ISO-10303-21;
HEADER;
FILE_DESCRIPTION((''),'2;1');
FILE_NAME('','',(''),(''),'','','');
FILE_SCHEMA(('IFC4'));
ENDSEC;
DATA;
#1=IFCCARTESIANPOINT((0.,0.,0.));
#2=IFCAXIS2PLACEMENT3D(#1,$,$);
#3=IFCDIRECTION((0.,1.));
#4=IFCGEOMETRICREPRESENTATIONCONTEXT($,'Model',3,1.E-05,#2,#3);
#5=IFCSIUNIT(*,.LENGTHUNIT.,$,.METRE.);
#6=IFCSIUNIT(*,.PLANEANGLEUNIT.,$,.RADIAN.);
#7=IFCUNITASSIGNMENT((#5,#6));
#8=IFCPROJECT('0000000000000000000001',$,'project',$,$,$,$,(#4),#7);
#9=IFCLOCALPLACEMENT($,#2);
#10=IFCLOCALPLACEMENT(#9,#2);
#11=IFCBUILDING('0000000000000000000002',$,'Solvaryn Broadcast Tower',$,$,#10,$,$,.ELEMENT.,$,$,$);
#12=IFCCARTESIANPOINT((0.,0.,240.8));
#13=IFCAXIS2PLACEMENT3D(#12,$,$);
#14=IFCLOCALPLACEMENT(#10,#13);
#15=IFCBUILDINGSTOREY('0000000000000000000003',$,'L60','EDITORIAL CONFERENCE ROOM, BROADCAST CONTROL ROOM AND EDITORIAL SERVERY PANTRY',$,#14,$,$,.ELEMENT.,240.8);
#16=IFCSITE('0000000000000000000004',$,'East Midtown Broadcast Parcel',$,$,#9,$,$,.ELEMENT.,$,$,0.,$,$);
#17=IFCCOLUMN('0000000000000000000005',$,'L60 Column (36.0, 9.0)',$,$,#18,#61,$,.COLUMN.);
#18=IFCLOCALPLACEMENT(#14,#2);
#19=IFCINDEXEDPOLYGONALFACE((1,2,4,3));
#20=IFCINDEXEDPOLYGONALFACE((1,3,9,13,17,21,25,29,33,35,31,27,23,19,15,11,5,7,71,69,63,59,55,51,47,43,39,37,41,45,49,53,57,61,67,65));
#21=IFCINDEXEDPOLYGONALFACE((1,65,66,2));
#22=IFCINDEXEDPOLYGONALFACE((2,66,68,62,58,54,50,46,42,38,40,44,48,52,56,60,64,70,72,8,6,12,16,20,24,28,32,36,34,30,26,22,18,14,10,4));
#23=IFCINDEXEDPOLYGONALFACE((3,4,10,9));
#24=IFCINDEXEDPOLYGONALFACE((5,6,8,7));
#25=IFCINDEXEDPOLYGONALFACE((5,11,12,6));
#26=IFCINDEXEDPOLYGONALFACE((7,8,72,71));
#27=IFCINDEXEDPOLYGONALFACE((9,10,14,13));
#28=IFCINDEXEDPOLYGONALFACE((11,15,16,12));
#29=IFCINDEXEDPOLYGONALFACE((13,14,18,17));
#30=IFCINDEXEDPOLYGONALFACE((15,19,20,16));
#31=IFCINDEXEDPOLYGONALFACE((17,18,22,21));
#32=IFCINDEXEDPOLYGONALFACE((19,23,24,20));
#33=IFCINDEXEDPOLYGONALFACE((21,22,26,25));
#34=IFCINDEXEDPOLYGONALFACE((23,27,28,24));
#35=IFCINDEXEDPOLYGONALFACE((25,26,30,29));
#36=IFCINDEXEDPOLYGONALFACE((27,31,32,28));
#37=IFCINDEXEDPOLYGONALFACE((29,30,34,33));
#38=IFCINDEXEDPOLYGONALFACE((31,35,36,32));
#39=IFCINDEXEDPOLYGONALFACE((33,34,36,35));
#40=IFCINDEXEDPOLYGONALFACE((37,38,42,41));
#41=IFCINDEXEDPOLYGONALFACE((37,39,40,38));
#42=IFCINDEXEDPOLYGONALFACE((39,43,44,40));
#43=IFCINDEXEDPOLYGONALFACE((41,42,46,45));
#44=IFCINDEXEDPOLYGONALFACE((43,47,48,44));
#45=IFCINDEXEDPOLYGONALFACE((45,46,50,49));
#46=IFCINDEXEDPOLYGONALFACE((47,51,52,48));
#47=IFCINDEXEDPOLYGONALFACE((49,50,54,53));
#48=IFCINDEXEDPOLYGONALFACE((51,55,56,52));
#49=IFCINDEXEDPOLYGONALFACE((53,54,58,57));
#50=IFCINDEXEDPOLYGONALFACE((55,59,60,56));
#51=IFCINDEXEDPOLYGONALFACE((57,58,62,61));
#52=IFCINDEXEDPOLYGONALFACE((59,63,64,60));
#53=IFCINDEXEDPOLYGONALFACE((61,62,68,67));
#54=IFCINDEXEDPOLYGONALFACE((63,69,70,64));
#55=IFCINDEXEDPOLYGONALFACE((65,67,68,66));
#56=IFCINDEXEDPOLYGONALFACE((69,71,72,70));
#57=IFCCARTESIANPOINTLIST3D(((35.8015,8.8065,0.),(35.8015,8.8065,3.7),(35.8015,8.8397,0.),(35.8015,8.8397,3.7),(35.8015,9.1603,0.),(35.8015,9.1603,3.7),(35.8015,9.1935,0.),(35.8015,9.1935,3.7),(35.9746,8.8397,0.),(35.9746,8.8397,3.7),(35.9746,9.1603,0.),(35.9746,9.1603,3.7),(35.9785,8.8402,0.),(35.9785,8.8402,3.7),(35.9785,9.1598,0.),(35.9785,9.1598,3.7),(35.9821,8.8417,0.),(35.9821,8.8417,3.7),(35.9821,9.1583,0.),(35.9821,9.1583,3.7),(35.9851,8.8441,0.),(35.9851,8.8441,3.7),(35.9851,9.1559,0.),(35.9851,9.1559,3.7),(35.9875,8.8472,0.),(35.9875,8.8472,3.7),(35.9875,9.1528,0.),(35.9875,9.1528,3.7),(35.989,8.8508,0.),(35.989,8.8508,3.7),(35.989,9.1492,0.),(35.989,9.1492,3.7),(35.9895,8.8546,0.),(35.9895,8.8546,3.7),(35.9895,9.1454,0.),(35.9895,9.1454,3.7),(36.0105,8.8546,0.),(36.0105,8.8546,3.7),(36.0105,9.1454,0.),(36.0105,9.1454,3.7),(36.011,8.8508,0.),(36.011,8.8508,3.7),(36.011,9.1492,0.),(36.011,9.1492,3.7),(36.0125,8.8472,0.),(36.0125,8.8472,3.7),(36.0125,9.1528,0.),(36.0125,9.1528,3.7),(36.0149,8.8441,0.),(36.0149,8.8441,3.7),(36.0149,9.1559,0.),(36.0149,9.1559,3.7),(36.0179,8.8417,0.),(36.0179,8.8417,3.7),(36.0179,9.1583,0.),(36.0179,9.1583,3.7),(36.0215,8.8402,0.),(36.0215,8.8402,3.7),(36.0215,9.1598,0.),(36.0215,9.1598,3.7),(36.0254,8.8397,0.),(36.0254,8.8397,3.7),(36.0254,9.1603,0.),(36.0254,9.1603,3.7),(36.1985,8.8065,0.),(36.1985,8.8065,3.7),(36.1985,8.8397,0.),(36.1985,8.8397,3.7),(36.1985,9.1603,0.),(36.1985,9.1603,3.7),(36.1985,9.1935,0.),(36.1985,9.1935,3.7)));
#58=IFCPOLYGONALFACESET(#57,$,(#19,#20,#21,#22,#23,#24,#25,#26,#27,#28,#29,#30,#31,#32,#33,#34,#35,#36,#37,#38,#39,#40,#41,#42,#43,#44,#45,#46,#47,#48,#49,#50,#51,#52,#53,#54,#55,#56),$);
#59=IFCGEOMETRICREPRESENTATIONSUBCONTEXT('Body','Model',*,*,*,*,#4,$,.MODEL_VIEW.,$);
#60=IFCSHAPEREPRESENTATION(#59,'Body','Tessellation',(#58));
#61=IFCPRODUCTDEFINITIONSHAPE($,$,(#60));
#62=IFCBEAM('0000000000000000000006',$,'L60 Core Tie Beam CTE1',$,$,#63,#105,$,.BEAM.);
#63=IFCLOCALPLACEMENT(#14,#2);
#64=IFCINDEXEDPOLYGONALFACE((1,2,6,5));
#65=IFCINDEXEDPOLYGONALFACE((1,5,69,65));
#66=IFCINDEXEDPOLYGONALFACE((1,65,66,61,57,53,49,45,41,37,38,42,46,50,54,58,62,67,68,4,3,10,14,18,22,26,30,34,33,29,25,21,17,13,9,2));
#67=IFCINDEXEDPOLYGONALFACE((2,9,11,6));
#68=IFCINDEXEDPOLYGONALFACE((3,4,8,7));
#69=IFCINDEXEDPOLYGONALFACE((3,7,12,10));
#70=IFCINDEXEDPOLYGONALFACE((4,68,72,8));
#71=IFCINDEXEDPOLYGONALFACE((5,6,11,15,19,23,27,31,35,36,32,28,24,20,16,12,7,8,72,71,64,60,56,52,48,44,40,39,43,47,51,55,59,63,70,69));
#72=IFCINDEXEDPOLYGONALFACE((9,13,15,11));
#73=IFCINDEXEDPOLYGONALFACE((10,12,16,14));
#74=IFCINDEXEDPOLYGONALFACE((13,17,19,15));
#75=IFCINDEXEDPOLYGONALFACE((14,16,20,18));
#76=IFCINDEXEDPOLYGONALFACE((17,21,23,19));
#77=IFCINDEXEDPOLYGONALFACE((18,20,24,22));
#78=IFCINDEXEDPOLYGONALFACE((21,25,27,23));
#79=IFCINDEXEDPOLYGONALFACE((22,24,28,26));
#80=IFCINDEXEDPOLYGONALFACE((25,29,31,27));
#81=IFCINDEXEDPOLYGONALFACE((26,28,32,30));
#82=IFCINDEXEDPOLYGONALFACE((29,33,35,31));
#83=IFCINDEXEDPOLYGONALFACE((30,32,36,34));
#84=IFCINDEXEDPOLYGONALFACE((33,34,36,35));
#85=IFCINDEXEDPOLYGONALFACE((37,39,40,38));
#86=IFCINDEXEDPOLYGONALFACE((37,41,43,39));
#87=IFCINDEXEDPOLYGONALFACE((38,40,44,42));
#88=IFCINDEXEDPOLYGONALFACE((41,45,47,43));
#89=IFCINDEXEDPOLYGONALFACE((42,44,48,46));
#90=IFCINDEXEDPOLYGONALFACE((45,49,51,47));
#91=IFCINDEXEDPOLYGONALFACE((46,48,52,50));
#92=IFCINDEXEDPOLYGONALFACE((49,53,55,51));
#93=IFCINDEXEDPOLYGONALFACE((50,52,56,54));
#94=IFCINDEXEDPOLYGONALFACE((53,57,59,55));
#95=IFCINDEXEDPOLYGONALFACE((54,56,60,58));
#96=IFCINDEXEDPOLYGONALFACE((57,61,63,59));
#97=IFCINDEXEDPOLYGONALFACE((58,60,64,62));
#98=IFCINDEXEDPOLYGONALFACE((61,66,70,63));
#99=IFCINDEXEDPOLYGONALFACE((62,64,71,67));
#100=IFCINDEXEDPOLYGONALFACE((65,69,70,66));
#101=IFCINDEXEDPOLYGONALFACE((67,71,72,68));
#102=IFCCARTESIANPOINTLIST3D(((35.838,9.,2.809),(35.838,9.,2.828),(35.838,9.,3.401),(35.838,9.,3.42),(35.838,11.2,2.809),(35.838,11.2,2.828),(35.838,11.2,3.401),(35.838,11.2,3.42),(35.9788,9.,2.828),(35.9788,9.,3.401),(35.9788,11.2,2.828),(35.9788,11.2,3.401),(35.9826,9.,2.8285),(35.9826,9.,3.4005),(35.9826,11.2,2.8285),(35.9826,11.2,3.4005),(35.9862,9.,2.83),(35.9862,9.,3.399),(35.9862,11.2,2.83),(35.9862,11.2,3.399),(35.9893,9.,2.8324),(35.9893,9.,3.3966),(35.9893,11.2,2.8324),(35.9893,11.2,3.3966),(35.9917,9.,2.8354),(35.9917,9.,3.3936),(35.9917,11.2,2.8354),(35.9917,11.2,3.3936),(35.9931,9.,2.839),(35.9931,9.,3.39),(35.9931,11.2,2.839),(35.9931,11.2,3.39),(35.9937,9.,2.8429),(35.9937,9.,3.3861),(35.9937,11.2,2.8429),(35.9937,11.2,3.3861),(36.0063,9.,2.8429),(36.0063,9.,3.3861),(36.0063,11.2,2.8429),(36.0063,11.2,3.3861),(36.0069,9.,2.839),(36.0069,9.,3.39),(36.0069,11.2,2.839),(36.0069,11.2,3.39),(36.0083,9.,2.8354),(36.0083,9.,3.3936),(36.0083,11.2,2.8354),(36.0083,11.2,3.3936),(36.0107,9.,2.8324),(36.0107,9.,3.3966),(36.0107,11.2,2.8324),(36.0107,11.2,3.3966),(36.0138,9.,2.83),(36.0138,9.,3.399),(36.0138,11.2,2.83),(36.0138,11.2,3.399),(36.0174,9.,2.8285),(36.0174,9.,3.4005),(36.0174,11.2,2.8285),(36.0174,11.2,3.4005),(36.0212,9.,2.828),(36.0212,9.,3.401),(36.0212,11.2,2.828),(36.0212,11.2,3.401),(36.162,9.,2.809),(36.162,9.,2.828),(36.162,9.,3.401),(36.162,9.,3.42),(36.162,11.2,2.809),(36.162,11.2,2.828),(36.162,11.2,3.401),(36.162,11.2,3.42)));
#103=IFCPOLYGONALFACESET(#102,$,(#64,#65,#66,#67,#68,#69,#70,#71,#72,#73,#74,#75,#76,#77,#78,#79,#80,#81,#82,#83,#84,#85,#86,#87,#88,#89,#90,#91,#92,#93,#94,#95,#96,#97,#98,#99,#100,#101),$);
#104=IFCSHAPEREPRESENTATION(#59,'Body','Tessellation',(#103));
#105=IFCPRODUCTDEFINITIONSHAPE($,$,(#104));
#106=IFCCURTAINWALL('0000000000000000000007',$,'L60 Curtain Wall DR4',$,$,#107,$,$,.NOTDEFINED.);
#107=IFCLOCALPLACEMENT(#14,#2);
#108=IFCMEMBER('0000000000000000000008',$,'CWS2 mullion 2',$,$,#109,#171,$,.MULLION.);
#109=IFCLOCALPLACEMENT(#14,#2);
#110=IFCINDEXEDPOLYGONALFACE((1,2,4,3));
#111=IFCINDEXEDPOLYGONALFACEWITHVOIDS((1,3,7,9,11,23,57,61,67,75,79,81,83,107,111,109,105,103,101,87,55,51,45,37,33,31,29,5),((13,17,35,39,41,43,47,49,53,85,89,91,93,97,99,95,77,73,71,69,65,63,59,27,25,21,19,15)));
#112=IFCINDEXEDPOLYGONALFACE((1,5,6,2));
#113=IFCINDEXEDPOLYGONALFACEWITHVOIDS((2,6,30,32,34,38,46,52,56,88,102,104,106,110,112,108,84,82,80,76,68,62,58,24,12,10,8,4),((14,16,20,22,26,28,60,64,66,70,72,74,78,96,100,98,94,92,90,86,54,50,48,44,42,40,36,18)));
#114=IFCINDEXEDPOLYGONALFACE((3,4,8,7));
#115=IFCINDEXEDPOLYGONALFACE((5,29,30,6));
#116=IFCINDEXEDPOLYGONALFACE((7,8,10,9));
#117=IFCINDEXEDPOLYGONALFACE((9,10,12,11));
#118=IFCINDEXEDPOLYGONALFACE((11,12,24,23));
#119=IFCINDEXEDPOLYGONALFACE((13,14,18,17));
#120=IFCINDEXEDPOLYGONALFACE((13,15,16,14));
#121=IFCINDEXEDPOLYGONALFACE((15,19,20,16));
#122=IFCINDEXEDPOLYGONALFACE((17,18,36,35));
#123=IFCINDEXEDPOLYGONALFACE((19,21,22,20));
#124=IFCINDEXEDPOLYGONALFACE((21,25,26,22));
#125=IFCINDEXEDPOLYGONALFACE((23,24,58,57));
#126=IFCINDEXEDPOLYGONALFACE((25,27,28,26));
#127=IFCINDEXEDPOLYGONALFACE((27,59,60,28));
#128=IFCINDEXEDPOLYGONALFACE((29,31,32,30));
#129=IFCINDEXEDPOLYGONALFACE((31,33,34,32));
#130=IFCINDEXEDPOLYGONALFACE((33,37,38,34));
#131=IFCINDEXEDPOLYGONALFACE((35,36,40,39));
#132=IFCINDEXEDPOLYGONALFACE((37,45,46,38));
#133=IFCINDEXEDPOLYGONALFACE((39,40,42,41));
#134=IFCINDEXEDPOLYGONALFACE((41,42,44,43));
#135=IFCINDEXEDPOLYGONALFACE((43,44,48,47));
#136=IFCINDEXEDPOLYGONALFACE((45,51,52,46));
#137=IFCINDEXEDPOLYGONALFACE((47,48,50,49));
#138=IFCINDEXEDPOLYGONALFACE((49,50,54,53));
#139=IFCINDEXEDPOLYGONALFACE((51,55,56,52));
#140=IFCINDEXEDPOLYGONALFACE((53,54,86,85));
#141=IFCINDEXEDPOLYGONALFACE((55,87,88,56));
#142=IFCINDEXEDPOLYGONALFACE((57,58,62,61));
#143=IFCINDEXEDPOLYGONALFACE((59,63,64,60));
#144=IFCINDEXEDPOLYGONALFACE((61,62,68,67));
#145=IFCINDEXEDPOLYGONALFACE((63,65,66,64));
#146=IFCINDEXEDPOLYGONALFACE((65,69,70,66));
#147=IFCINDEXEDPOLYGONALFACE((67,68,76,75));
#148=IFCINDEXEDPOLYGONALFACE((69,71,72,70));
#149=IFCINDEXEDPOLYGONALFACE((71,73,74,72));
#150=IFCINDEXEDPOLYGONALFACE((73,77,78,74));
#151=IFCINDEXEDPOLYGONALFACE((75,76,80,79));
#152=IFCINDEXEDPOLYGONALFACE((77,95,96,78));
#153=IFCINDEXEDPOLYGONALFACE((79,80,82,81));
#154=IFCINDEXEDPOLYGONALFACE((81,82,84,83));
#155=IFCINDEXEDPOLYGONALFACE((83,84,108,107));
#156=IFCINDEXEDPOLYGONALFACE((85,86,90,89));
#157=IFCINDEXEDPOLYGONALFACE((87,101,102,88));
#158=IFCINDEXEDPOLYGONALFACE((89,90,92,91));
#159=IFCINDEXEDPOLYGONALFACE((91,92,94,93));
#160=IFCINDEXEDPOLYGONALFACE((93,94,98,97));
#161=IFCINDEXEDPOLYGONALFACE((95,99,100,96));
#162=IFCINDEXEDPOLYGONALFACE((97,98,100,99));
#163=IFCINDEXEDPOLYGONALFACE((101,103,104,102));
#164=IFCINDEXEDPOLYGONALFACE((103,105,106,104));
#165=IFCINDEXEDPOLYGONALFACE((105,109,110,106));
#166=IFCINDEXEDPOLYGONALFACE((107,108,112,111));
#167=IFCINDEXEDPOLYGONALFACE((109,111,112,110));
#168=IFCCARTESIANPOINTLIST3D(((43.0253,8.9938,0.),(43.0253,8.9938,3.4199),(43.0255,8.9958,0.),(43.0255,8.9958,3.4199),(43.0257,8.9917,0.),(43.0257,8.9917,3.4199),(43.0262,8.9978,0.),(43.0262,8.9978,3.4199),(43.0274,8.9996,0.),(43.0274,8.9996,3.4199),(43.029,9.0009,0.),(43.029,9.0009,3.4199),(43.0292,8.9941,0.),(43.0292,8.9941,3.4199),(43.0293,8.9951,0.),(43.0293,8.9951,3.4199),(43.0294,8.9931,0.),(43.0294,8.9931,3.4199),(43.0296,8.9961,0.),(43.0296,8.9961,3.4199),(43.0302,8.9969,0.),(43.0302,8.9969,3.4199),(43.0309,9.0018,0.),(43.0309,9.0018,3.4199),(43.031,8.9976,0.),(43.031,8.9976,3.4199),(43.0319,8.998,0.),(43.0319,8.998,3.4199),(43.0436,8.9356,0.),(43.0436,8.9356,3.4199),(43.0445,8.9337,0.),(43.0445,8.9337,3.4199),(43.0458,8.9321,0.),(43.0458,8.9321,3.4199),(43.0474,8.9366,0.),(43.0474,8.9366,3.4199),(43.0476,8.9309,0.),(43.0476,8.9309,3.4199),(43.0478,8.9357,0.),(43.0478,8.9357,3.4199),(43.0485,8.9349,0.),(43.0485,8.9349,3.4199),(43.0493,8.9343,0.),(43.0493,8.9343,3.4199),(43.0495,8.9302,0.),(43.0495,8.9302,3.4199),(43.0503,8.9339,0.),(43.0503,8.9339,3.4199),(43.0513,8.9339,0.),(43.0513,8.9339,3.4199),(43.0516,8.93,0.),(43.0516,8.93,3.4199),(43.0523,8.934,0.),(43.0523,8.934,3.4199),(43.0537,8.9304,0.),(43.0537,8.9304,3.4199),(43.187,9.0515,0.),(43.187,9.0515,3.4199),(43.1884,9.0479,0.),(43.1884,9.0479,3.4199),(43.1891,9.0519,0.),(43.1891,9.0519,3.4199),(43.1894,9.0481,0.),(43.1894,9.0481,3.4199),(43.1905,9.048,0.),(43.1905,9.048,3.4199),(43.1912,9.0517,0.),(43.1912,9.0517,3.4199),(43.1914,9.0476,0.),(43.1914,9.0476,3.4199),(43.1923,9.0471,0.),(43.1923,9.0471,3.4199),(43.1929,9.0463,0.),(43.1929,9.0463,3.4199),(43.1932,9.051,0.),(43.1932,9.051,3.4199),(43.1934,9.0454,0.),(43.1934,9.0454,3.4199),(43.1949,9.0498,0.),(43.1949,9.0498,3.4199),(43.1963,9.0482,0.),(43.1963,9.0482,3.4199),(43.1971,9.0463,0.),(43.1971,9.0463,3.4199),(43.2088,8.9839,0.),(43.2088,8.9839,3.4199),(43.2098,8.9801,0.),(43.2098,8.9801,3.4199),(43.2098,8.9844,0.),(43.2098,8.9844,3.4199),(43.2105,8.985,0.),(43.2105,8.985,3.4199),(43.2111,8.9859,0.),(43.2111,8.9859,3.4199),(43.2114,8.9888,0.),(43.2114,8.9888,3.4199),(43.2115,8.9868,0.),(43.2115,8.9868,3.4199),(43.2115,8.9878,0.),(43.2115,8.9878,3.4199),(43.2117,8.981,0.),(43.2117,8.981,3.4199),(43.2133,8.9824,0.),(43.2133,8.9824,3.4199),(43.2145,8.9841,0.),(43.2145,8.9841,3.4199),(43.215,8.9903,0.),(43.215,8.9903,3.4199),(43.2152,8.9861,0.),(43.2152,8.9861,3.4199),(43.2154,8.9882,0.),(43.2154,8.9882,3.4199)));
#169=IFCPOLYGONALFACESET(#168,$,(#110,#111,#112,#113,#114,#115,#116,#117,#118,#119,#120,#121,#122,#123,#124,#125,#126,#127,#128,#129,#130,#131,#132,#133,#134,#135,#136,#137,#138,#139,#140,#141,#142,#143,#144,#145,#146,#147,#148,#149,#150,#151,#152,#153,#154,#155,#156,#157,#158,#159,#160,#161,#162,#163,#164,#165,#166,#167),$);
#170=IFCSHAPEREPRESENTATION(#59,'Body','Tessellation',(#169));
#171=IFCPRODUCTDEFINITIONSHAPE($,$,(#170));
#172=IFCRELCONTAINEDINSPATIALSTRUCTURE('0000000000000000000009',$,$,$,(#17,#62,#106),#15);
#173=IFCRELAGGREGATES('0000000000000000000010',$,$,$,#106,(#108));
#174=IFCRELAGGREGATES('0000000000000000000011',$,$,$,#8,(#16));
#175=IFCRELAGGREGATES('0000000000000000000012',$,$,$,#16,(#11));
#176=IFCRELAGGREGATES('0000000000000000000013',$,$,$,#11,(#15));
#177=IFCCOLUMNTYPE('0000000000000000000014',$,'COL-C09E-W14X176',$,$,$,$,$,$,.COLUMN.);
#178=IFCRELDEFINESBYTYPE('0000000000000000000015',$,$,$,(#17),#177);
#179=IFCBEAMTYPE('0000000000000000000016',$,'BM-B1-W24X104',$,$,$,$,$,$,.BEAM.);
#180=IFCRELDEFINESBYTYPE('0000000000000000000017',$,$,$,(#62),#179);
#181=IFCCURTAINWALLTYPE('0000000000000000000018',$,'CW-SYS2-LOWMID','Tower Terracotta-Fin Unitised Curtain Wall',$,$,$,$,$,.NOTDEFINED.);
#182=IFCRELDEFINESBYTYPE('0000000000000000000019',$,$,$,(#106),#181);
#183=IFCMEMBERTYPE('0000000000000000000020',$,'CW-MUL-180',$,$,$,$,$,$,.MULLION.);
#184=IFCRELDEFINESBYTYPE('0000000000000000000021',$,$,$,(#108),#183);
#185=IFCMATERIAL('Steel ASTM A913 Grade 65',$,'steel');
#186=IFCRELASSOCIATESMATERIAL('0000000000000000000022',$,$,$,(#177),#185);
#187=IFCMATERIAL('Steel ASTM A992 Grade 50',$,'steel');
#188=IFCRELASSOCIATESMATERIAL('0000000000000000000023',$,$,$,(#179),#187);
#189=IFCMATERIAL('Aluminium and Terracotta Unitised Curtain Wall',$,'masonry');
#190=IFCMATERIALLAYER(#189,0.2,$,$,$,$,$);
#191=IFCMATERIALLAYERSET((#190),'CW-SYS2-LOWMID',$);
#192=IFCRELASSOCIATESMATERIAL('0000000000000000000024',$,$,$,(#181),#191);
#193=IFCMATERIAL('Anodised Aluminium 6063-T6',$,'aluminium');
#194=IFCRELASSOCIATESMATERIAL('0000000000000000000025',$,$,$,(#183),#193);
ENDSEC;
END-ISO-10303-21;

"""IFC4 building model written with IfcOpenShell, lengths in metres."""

from ifc_helpers import new_model, si_unit, direction, frame, origin, origin_2d, place, context, subcontext, project, spatial, hollow_rectangle, i_section, extrude, material, layer, layer_set, material_profile, profile_set, type_object, element, aggregate, save


model = new_model("IFC4")

# Units and contexts
model_context = context("Model", 3, precision=1e-05, world=origin(), true_north=direction((0.0, 1.0)))
body_context = subcontext(model_context, "Body", "Model", "MODEL_VIEW")
ifc_project = project(units=[si_unit("LENGTHUNIT", "METRE"), si_unit("PLANEANGLEUNIT", "RADIAN")], contexts=[model_context])

# Site, building, storey
site_placement = place(None, origin())
site = spatial("IfcSite", under=ifc_project, at=site_placement, Name="East Midtown Broadcast Parcel", CompositionType="ELEMENT", RefElevation=0.0)
building_placement = place(site_placement, origin())
building = spatial("IfcBuilding", under=site, at=building_placement, Name="Solvaryn Broadcast Tower", CompositionType="ELEMENT")
storey_placement = place(building_placement, frame((0.0, 0.0, 240.8)))
storey = spatial("IfcBuildingStorey", under=building, at=storey_placement, Name="L60", Description="EDITORIAL CONFERENCE ROOM, BROADCAST CONTROL ROOM AND EDITORIAL SERVERY PANTRY", CompositionType="ELEMENT", Elevation=240.8)

# Column
ifc_material_1 = material(Name="Steel ASTM A913 Grade 65", Category="steel")
ifc_material_profile_1 = material_profile(ifc_material_1, i_section(OverallWidth=0.397, OverallDepth=0.387, WebThickness=0.021, FlangeThickness=0.0332, FilletRadius=0.0149, at=origin_2d()))
ifc_profile_set_1 = profile_set([ifc_material_profile_1], Name="Steel ASTM A913 Grade 65")
column_type = type_object("IfcColumnType", Name="COL-C09E-W14X176", PredefinedType="COLUMN", material=ifc_profile_set_1)
column_placement = place(storey_placement, frame((36.0, 9.0, 0.0), z_axis=(0.0, 0.0, 1.0), x_axis=(1.0, 0.0, 0.0)))
element("IfcColumn", 1, at=column_placement, inside=storey, type_object=column_type, Name="L60 Column (36.0, 9.0)", PredefinedType="COLUMN", context=body_context, shape_type="SweptSolid", body=[
    extrude(i_section(OverallWidth=0.397, OverallDepth=0.387, WebThickness=0.021, FlangeThickness=0.0332, FilletRadius=0.0149, at=origin_2d()), origin(), (0.0, 0.0, 1.0), 3.7),
])

# Beam
ifc_material_2 = material(Name="Steel ASTM A992 Grade 50", Category="steel")
ifc_material_profile_2 = material_profile(ifc_material_2, i_section(OverallWidth=0.324, OverallDepth=0.6111, WebThickness=0.0127, FlangeThickness=0.019, FilletRadius=0.0149, at=origin_2d()))
ifc_profile_set_2 = profile_set([ifc_material_profile_2], Name="Steel ASTM A992 Grade 50")
beam_type = type_object("IfcBeamType", Name="BM-B1-W24X104", PredefinedType="BEAM", material=ifc_profile_set_2)
beam_placement = place(storey_placement, frame((36.0, 9.0, 3.1145), z_axis=(0.0, 1.0, 0.0), x_axis=(-1.0, 0.0, 0.0)))
element("IfcBeam", 2, at=beam_placement, inside=storey, type_object=beam_type, Name="L60 Core Tie Beam CTE1", PredefinedType="BEAM", context=body_context, shape_type="SweptSolid", body=[
    extrude(i_section(OverallWidth=0.324, OverallDepth=0.6111, WebThickness=0.0127, FlangeThickness=0.019, FilletRadius=0.0149, at=origin_2d()), origin(), (0.0, 0.0, 1.0), 2.2),
])

# Curtain wall, member
ifc_material_3 = material(Name="Aluminium and Terracotta Unitised Curtain Wall", Category="masonry")
ifc_layer_1 = layer(ifc_material_3, 0.2)
ifc_layer_set_1 = layer_set([ifc_layer_1], Name="CW-SYS2-LOWMID")
curtain_wall_type = type_object("IfcCurtainWallType", Name="CW-SYS2-LOWMID", Description="Tower Terracotta-Fin Unitised Curtain Wall", PredefinedType="NOTDEFINED", material=ifc_layer_set_1)
curtain_wall_1_placement = place(storey_placement, origin())
curtain_wall_1 = element("IfcCurtainWall", 3, at=curtain_wall_1_placement, inside=storey, type_object=curtain_wall_type, Name="L60 Curtain Wall DR4", PredefinedType="NOTDEFINED")
ifc_material_4 = material(Name="Anodised Aluminium 6063-T6", Category="aluminium")
ifc_material_profile_3 = material_profile(ifc_material_4, hollow_rectangle(XDim=0.075, YDim=0.1799, WallThickness=0.0039, InnerFilletRadius=0.0039, OuterFilletRadius=0.0081, at=origin_2d()))
ifc_profile_set_3 = profile_set([ifc_material_profile_3], Name="Anodised Aluminium 6063-T6")
member_type = type_object("IfcMemberType", Name="CW-MUL-180", PredefinedType="MULLION", material=ifc_profile_set_3)
member_1_placement = place(storey_placement, frame((43.1204, 8.991, 0.0), z_axis=(0.0, 0.0, 1.0), x_axis=(-0.303616, 0.952795, 0.0)))
member_1 = element("IfcMember", 4, at=member_1_placement, type_object=member_type, Name="CWS2 mullion 2", PredefinedType="MULLION", context=body_context, shape_type="SweptSolid", body=[
    extrude(hollow_rectangle(XDim=0.075, YDim=0.1799, WallThickness=0.0039, InnerFilletRadius=0.0039, OuterFilletRadius=0.0081, at=origin_2d()), origin(), (0.0, 0.0, 1.0), 3.4199),
])

aggregate(curtain_wall_1, [member_1])

save(model, "model.ifc")
